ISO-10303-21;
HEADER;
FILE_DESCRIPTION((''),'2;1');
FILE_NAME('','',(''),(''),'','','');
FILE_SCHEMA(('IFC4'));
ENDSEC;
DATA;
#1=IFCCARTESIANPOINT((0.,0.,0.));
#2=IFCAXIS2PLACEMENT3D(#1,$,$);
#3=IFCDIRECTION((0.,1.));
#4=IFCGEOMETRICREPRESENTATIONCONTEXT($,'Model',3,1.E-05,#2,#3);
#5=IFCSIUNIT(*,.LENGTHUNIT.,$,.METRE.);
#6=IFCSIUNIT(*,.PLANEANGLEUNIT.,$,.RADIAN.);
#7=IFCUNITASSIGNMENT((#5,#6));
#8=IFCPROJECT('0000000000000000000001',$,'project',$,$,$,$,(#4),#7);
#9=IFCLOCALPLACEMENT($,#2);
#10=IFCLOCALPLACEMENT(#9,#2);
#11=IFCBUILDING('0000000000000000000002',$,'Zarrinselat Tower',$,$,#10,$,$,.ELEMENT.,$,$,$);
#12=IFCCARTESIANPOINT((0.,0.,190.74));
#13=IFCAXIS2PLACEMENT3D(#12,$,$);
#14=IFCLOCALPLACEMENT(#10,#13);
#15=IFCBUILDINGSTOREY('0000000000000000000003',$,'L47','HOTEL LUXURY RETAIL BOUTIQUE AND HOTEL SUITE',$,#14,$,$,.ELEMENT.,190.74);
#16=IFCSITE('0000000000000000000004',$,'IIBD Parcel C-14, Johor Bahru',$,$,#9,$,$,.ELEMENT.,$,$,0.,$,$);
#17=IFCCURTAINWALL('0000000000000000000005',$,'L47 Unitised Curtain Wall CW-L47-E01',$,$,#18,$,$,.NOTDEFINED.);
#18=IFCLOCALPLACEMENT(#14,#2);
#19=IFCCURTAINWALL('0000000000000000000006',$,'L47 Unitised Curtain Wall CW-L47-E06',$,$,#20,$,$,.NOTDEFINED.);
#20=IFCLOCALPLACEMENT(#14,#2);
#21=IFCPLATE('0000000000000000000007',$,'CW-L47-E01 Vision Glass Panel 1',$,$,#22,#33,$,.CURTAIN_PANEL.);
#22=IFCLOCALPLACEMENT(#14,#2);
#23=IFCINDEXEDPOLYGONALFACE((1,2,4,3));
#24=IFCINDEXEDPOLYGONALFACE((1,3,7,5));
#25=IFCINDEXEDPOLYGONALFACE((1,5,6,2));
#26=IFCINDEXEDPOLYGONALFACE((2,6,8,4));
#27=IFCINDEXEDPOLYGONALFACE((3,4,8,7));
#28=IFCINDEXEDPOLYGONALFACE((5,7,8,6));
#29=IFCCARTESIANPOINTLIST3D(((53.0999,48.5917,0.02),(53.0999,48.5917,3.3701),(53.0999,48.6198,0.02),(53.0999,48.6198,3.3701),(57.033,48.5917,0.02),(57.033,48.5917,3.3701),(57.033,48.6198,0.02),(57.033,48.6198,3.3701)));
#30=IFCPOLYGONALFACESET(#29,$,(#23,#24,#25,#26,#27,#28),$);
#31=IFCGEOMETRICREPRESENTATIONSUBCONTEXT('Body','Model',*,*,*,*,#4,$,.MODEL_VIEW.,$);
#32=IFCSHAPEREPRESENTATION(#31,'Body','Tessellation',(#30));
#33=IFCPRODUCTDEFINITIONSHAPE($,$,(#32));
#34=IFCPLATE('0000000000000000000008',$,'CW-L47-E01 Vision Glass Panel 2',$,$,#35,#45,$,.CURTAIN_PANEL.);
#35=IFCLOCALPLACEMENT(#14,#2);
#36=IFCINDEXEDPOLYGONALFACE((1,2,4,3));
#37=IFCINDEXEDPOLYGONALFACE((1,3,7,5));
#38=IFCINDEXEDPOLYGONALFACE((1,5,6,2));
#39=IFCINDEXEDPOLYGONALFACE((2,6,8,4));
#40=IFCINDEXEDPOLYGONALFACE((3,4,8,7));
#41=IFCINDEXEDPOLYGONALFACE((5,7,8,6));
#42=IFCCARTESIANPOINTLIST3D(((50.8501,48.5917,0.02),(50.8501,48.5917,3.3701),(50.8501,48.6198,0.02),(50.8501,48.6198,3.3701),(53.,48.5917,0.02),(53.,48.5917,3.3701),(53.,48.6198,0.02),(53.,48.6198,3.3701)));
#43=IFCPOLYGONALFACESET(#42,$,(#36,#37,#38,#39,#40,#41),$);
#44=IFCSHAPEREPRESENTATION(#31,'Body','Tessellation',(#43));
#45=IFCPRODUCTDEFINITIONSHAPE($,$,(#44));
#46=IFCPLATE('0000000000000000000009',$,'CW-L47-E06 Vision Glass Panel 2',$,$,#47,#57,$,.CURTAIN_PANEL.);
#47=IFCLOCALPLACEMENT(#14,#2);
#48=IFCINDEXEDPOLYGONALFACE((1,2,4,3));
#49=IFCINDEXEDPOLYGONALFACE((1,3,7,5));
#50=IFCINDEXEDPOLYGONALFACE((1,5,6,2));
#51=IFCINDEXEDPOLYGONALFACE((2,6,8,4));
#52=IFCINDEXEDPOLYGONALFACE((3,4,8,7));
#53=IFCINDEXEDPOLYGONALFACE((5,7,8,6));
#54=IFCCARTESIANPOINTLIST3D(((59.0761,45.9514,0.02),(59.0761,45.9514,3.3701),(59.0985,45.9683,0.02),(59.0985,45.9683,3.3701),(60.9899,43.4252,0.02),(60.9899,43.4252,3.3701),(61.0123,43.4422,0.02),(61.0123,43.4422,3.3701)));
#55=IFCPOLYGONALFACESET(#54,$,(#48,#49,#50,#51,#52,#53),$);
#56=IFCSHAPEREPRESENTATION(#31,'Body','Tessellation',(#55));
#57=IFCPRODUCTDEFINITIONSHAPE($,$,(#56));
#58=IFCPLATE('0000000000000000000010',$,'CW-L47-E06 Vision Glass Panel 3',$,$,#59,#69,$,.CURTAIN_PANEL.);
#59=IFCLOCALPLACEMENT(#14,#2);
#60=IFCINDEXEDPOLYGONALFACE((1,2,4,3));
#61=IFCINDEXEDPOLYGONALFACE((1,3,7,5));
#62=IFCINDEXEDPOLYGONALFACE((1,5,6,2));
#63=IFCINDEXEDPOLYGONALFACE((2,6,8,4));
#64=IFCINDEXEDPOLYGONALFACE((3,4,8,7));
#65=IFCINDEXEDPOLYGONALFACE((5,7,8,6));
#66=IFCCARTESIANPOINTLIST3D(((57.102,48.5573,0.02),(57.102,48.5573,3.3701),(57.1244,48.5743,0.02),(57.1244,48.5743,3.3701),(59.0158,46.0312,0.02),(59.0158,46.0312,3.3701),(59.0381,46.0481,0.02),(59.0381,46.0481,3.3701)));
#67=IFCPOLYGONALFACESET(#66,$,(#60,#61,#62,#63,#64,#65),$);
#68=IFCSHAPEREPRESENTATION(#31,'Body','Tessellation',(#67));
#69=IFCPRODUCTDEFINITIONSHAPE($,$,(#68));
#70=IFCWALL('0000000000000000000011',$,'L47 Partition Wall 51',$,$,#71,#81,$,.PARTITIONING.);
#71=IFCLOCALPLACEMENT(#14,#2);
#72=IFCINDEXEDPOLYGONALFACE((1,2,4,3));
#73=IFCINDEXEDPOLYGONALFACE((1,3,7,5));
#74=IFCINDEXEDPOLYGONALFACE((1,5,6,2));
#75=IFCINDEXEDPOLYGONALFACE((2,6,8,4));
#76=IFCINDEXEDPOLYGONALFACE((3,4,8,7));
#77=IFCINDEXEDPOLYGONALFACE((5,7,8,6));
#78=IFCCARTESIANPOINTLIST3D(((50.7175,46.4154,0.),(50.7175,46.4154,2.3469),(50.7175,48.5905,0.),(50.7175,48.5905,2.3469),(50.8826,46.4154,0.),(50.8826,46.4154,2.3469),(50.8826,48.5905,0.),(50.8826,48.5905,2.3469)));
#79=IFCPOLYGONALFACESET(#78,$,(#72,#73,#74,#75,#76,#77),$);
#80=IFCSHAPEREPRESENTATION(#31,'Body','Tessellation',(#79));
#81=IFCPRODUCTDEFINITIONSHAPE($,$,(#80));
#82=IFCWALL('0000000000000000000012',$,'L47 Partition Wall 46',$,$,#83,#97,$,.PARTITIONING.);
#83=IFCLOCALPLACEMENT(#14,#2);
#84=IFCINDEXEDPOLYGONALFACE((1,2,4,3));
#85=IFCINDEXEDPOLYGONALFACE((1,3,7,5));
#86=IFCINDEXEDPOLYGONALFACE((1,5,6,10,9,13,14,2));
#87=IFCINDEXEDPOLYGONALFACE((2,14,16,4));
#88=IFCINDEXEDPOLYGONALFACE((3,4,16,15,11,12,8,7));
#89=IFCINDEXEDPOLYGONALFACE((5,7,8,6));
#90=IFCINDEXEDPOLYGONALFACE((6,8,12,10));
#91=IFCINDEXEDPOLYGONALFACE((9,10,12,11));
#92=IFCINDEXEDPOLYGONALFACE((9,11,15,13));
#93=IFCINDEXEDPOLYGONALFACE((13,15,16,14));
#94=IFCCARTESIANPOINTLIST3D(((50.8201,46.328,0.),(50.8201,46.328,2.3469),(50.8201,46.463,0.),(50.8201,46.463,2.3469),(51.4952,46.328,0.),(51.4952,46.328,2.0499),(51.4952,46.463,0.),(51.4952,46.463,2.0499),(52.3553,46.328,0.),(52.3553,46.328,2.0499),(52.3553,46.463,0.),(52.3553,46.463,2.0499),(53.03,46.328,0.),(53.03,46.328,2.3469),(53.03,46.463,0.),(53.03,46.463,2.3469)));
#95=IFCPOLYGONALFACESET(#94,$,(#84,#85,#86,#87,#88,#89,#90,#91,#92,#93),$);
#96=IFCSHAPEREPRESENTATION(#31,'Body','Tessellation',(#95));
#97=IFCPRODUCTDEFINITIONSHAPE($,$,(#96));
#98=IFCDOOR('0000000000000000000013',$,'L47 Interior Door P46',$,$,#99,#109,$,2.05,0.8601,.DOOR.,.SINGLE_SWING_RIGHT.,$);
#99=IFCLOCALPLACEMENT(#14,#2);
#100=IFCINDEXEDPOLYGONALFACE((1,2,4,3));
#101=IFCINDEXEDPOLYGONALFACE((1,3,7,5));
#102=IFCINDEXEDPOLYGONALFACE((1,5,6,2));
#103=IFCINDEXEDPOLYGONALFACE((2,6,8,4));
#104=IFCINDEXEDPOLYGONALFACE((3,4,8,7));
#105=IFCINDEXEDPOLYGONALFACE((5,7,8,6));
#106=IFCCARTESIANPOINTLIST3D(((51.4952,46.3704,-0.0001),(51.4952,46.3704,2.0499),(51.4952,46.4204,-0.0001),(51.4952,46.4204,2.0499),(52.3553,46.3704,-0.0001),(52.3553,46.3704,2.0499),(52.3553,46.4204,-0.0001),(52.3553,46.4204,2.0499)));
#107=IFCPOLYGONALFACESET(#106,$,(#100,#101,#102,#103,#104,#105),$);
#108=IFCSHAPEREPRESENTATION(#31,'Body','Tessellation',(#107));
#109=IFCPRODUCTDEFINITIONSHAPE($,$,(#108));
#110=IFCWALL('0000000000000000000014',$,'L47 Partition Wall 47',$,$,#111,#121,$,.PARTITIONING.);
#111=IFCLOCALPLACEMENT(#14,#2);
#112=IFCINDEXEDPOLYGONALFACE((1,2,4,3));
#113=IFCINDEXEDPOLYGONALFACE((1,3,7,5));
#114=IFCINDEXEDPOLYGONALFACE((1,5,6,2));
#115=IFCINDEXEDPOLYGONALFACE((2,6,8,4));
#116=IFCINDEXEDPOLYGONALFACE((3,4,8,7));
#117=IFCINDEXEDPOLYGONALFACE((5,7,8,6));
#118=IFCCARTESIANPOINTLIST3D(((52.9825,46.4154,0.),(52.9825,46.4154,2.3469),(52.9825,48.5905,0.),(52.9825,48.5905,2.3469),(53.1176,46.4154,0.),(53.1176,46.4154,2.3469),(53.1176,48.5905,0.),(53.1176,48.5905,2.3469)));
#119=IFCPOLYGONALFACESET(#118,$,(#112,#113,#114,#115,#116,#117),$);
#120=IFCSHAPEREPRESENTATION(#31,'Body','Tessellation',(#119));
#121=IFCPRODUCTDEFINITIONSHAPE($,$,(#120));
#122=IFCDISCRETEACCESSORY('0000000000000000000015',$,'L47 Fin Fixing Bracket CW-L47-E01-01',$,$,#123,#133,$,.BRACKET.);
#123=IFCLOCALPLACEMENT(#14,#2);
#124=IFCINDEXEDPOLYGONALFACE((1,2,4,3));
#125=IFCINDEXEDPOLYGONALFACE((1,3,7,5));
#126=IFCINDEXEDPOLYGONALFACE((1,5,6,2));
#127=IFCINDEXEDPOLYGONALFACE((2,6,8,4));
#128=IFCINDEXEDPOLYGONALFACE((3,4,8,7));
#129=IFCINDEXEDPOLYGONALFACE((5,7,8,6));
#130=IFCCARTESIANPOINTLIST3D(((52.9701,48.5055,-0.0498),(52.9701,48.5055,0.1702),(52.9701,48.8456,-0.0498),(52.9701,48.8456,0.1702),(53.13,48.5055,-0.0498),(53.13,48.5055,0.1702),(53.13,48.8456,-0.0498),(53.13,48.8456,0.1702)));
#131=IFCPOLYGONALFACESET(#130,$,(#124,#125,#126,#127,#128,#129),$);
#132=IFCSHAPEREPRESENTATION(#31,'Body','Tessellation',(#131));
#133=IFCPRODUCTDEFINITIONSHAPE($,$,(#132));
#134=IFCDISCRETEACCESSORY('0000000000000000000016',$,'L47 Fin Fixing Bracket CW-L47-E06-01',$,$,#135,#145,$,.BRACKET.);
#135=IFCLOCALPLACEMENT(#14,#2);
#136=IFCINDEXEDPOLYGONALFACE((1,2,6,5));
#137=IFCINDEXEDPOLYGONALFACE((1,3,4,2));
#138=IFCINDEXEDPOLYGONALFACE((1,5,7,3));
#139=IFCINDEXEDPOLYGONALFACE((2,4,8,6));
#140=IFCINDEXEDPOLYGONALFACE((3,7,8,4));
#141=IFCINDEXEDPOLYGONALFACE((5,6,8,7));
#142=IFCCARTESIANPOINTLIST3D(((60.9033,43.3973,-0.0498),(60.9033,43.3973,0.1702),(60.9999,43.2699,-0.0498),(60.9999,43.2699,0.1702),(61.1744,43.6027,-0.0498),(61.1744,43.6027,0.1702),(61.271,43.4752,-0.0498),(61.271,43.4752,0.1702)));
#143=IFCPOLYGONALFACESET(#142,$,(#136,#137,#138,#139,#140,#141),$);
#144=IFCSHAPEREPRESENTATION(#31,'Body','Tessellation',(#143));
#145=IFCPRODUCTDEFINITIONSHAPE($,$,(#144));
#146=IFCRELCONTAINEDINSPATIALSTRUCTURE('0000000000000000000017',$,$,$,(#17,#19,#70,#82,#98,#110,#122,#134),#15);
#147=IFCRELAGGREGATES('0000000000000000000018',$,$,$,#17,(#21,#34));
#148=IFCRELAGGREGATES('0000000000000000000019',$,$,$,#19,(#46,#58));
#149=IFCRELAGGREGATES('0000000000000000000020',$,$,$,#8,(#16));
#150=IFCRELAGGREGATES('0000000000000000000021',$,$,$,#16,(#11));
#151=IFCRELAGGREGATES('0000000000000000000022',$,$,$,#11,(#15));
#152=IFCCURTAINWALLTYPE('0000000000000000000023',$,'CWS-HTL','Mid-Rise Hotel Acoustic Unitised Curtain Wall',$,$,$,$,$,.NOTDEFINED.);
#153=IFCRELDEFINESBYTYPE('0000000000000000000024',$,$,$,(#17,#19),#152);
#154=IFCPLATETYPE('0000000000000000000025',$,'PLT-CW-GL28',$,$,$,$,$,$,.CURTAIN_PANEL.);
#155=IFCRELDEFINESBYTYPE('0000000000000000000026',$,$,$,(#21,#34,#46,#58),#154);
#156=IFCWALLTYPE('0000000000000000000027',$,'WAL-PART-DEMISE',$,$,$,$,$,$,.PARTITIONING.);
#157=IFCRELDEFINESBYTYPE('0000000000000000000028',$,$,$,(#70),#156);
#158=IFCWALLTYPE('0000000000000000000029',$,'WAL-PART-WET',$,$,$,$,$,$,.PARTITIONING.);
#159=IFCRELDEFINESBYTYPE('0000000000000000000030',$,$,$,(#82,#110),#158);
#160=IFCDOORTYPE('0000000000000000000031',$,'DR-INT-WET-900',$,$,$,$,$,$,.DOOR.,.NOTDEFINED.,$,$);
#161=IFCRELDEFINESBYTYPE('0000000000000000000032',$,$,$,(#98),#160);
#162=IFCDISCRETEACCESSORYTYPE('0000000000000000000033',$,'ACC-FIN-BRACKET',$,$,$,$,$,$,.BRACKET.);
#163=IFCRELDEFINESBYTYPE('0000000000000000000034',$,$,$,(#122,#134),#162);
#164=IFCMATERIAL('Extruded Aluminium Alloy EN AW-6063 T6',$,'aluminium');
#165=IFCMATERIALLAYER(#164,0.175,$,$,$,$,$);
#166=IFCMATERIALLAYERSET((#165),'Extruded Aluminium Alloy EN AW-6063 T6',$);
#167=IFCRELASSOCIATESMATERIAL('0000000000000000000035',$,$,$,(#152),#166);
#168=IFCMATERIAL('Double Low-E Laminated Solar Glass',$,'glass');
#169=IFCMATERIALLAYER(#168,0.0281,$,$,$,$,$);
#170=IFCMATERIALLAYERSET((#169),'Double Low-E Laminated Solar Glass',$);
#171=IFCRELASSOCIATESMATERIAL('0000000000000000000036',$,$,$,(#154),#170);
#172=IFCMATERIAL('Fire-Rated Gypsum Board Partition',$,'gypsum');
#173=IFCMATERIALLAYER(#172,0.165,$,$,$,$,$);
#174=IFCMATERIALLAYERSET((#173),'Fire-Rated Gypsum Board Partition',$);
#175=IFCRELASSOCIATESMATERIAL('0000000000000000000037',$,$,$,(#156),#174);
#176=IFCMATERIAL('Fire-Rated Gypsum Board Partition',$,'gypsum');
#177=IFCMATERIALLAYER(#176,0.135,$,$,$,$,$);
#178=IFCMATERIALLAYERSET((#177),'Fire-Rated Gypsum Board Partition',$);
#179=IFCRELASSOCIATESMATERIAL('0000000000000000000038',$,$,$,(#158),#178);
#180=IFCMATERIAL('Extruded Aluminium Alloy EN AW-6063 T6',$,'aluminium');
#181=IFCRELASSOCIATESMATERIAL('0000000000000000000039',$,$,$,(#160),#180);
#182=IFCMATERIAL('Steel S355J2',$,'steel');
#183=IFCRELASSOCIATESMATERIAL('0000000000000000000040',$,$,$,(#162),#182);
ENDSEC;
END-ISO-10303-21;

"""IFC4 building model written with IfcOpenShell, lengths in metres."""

from ifc_helpers import new_model, si_unit, direction, frame, frame_2d, origin, origin_2d, place, context, subcontext, project, spatial, rectangle, extrude, material, layer, layer_set, type_object, element, fill, aggregate, save


model = new_model("IFC4")

# Units and contexts
model_context = context("Model", 3, precision=1e-05, world=origin(), true_north=direction((0.0, 1.0)))
body_context = subcontext(model_context, "Body", "Model", "MODEL_VIEW")
ifc_project = project(units=[si_unit("LENGTHUNIT", "METRE"), si_unit("PLANEANGLEUNIT", "RADIAN")], contexts=[model_context])

# Site, building, storey
site_placement = place(None, origin())
site = spatial("IfcSite", under=ifc_project, at=site_placement, Name="IIBD Parcel C-14, Johor Bahru", CompositionType="ELEMENT", RefElevation=0.0)
building_placement = place(site_placement, origin())
building = spatial("IfcBuilding", under=site, at=building_placement, Name="Zarrinselat Tower", CompositionType="ELEMENT")
storey_placement = place(building_placement, frame((0.0, 0.0, 190.74)))
storey = spatial("IfcBuildingStorey", under=building, at=storey_placement, Name="L47", Description="HOTEL LUXURY RETAIL BOUTIQUE AND HOTEL SUITE", CompositionType="ELEMENT", Elevation=190.74)

# Curtain walls
ifc_material_1 = material(Name="Extruded Aluminium Alloy EN AW-6063 T6", Category="aluminium")
ifc_layer_1 = layer(ifc_material_1, 0.175)
ifc_layer_set_1 = layer_set([ifc_layer_1], Name="Extruded Aluminium Alloy EN AW-6063 T6")
curtain_wall_type = type_object("IfcCurtainWallType", Name="CWS-HTL", Description="Mid-Rise Hotel Acoustic Unitised Curtain Wall", PredefinedType="NOTDEFINED", material=ifc_layer_set_1)
curtain_wall_1_placement = place(storey_placement, origin())
curtain_wall_1 = element("IfcCurtainWall", 1, at=curtain_wall_1_placement, inside=storey, type_object=curtain_wall_type, Name="L47 Unitised Curtain Wall CW-L47-E01", PredefinedType="NOTDEFINED")
curtain_wall_2_placement = place(storey_placement, origin())
curtain_wall_2 = element("IfcCurtainWall", 2, at=curtain_wall_2_placement, inside=storey, type_object=curtain_wall_type, Name="L47 Unitised Curtain Wall CW-L47-E06", PredefinedType="NOTDEFINED")

# Plates
ifc_material_2 = material(Name="Double Low-E Laminated Solar Glass", Category="glass")
ifc_layer_2 = layer(ifc_material_2, 0.0281)
ifc_layer_set_2 = layer_set([ifc_layer_2], Name="Double Low-E Laminated Solar Glass")
plate_type = type_object("IfcPlateType", Name="PLT-CW-GL28", PredefinedType="CURTAIN_PANEL", material=ifc_layer_set_2)
plate_1_placement = place(storey_placement, frame((55.0664, 48.6057, 0.02), z_axis=(0.0, 0.0, 1.0), x_axis=(-1.0, 0.0, 0.0)))
plate_1 = element("IfcPlate", 3, at=plate_1_placement, type_object=plate_type, Name="CW-L47-E01 Vision Glass Panel 1", PredefinedType="CURTAIN_PANEL", context=body_context, shape_type="SweptSolid", body=[
    extrude(rectangle(XDim=3.9331, YDim=0.0281, at=origin_2d()), origin(), (0.0, 0.0, 1.0), 3.3501),
])
plate_2_placement = place(storey_placement, frame((51.925, 48.6057, 0.02), z_axis=(0.0, 0.0, 1.0), x_axis=(-1.0, 0.0, 0.0)))
plate_2 = element("IfcPlate", 4, at=plate_2_placement, type_object=plate_type, Name="CW-L47-E01 Vision Glass Panel 2", PredefinedType="CURTAIN_PANEL", context=body_context, shape_type="SweptSolid", body=[
    extrude(rectangle(XDim=2.1499, YDim=0.0281, at=origin_2d()), origin(), (0.0, 0.0, 1.0), 3.3501),
])
aggregate(curtain_wall_1, [plate_1, plate_2])
plate_3_placement = place(storey_placement, frame((60.0442, 44.6968, 0.02), z_axis=(0.0, 0.0, 1.0), x_axis=(-0.603861, 0.79709, 0.0)))
plate_3 = element("IfcPlate", 5, at=plate_3_placement, type_object=plate_type, Name="CW-L47-E06 Vision Glass Panel 2", PredefinedType="CURTAIN_PANEL", context=body_context, shape_type="SweptSolid", body=[
    extrude(rectangle(XDim=3.1692, YDim=0.0281, at=origin_2d()), origin(), (0.0, 0.0, 1.0), 3.3501),
])
plate_4_placement = place(storey_placement, frame((58.0701, 47.3027, 0.02), z_axis=(0.0, 0.0, 1.0), x_axis=(-0.603861, 0.79709, 0.0)))
plate_4 = element("IfcPlate", 6, at=plate_4_placement, type_object=plate_type, Name="CW-L47-E06 Vision Glass Panel 3", PredefinedType="CURTAIN_PANEL", context=body_context, shape_type="SweptSolid", body=[
    extrude(rectangle(XDim=3.1692, YDim=0.0281, at=origin_2d()), origin(), (0.0, 0.0, 1.0), 3.3501),
])
aggregate(curtain_wall_2, [plate_3, plate_4])

# Wall
ifc_material_3 = material(Name="Fire-Rated Gypsum Board Partition", Category="gypsum")
ifc_layer_3 = layer(ifc_material_3, 0.165)
ifc_layer_set_3 = layer_set([ifc_layer_3], Name="Fire-Rated Gypsum Board Partition")
wall_type_1 = type_object("IfcWallType", Name="WAL-PART-DEMISE", PredefinedType="PARTITIONING", material=ifc_layer_set_3)
wall_1_placement = place(storey_placement, frame((50.8, 46.4155, 0.0), z_axis=(0.0, 0.0, 1.0), x_axis=(0.0, 1.0, 0.0)))
element("IfcWall", 7, at=wall_1_placement, inside=storey, type_object=wall_type_1, Name="L47 Partition Wall 51", PredefinedType="PARTITIONING", context=body_context, shape_type="SweptSolid", body=[
    extrude(rectangle(XDim=2.175, YDim=0.165, at=frame_2d((1.0874, 0.0))), origin(), (0.0, 0.0, 1.0), 2.3469),
])

# Wall, opening, door
ifc_material_4 = material(Name="Fire-Rated Gypsum Board Partition", Category="gypsum")
ifc_layer_4 = layer(ifc_material_4, 0.135)
ifc_layer_set_4 = layer_set([ifc_layer_4], Name="Fire-Rated Gypsum Board Partition")
wall_type_2 = type_object("IfcWallType", Name="WAL-PART-WET", PredefinedType="PARTITIONING", material=ifc_layer_set_4)
wall_2_placement = place(storey_placement, frame((50.8201, 46.3955, 0.0), z_axis=(0.0, 0.0, 1.0), x_axis=(1.0, 0.0, 0.0)))
wall_2 = element("IfcWall", 8, at=wall_2_placement, inside=storey, type_object=wall_type_2, Name="L47 Partition Wall 46", PredefinedType="PARTITIONING", context=body_context, shape_type="SweptSolid", body=[
    extrude(rectangle(XDim=2.21, YDim=0.135, at=frame_2d((1.105, 0.0))), origin(), (0.0, 0.0, 1.0), 2.3469),
])
opening_placement = place(wall_2_placement, frame((0.675, 0.0, 0.0)))
opening = element("IfcOpeningElement", 9, at=opening_placement, cuts=wall_2, PredefinedType="OPENING", context=body_context, shape_type="SweptSolid", body=[
    extrude(rectangle(XDim=0.8601, YDim=2.05, at=frame_2d((0.4302, 1.0249))), frame((0.0, 0.0774, 0.0), z_axis=(0.0, -1.0, 0.0), x_axis=(1.0, 0.0, 0.0)), (0.0, 0.0, 1.0), 0.155),
])
ifc_material_5 = material(Name="Extruded Aluminium Alloy EN AW-6063 T6", Category="aluminium")
door_type = type_object("IfcDoorType", Name="DR-INT-WET-900", OperationType="NOTDEFINED", PredefinedType="DOOR", material=ifc_material_5)
door_placement = place(opening_placement, origin())
door = element("IfcDoor", 10, at=door_placement, inside=storey, type_object=door_type, Name="L47 Interior Door P46", OperationType="SINGLE_SWING_RIGHT", OverallHeight=2.05, OverallWidth=0.8601, PredefinedType="DOOR", context=body_context, shape_type="SweptSolid", body=[
    extrude(rectangle(XDim=0.8601, YDim=2.05, at=frame_2d((0.4302, 1.0249))), frame((0.0, 0.0249, 0.0), z_axis=(0.0, -1.0, 0.0), x_axis=(1.0, 0.0, 0.0)), (0.0, 0.0, 1.0), 0.05),
])
fill(opening, door)

# Wall
wall_3_placement = place(storey_placement, frame((53.05, 46.4155, 0.0), z_axis=(0.0, 0.0, 1.0), x_axis=(0.0, 1.0, 0.0)))
element("IfcWall", 11, at=wall_3_placement, inside=storey, type_object=wall_type_2, Name="L47 Partition Wall 47", PredefinedType="PARTITIONING", context=body_context, shape_type="SweptSolid", body=[
    extrude(rectangle(XDim=2.175, YDim=0.135, at=frame_2d((1.0874, 0.0))), origin(), (0.0, 0.0, 1.0), 2.3469),
])

# Discrete accessories
ifc_material_6 = material(Name="Steel S355J2", Category="steel")
discrete_accessory_type = type_object("IfcDiscreteAccessoryType", Name="ACC-FIN-BRACKET", PredefinedType="BRACKET", material=ifc_material_6)
for number, where, z_axis, x_axis, name in (
    (12, (53.05, 48.6755, -0.0498), (0.0, 0.0, 1.0), (0.0, 1.0, 0.0), "L47 Fin Fixing Bracket CW-L47-E01-01"),
    (13, (61.0872, 43.4363, -0.0498), (0.0, 0.0, 1.0), (0.79709, 0.603861, 0.0), "L47 Fin Fixing Bracket CW-L47-E06-01"),
):
    element("IfcDiscreteAccessory", number, at=place(storey_placement, frame(where, z_axis=z_axis, x_axis=x_axis)), inside=storey, type_object=discrete_accessory_type, Name=name, PredefinedType="BRACKET", context=body_context, shape_type="SweptSolid", body=[
        extrude(rectangle(XDim=0.3401, YDim=0.1599, at=origin_2d()), origin(), (0.0, 0.0, 1.0), 0.22),
    ])

save(model, "model.ifc")
